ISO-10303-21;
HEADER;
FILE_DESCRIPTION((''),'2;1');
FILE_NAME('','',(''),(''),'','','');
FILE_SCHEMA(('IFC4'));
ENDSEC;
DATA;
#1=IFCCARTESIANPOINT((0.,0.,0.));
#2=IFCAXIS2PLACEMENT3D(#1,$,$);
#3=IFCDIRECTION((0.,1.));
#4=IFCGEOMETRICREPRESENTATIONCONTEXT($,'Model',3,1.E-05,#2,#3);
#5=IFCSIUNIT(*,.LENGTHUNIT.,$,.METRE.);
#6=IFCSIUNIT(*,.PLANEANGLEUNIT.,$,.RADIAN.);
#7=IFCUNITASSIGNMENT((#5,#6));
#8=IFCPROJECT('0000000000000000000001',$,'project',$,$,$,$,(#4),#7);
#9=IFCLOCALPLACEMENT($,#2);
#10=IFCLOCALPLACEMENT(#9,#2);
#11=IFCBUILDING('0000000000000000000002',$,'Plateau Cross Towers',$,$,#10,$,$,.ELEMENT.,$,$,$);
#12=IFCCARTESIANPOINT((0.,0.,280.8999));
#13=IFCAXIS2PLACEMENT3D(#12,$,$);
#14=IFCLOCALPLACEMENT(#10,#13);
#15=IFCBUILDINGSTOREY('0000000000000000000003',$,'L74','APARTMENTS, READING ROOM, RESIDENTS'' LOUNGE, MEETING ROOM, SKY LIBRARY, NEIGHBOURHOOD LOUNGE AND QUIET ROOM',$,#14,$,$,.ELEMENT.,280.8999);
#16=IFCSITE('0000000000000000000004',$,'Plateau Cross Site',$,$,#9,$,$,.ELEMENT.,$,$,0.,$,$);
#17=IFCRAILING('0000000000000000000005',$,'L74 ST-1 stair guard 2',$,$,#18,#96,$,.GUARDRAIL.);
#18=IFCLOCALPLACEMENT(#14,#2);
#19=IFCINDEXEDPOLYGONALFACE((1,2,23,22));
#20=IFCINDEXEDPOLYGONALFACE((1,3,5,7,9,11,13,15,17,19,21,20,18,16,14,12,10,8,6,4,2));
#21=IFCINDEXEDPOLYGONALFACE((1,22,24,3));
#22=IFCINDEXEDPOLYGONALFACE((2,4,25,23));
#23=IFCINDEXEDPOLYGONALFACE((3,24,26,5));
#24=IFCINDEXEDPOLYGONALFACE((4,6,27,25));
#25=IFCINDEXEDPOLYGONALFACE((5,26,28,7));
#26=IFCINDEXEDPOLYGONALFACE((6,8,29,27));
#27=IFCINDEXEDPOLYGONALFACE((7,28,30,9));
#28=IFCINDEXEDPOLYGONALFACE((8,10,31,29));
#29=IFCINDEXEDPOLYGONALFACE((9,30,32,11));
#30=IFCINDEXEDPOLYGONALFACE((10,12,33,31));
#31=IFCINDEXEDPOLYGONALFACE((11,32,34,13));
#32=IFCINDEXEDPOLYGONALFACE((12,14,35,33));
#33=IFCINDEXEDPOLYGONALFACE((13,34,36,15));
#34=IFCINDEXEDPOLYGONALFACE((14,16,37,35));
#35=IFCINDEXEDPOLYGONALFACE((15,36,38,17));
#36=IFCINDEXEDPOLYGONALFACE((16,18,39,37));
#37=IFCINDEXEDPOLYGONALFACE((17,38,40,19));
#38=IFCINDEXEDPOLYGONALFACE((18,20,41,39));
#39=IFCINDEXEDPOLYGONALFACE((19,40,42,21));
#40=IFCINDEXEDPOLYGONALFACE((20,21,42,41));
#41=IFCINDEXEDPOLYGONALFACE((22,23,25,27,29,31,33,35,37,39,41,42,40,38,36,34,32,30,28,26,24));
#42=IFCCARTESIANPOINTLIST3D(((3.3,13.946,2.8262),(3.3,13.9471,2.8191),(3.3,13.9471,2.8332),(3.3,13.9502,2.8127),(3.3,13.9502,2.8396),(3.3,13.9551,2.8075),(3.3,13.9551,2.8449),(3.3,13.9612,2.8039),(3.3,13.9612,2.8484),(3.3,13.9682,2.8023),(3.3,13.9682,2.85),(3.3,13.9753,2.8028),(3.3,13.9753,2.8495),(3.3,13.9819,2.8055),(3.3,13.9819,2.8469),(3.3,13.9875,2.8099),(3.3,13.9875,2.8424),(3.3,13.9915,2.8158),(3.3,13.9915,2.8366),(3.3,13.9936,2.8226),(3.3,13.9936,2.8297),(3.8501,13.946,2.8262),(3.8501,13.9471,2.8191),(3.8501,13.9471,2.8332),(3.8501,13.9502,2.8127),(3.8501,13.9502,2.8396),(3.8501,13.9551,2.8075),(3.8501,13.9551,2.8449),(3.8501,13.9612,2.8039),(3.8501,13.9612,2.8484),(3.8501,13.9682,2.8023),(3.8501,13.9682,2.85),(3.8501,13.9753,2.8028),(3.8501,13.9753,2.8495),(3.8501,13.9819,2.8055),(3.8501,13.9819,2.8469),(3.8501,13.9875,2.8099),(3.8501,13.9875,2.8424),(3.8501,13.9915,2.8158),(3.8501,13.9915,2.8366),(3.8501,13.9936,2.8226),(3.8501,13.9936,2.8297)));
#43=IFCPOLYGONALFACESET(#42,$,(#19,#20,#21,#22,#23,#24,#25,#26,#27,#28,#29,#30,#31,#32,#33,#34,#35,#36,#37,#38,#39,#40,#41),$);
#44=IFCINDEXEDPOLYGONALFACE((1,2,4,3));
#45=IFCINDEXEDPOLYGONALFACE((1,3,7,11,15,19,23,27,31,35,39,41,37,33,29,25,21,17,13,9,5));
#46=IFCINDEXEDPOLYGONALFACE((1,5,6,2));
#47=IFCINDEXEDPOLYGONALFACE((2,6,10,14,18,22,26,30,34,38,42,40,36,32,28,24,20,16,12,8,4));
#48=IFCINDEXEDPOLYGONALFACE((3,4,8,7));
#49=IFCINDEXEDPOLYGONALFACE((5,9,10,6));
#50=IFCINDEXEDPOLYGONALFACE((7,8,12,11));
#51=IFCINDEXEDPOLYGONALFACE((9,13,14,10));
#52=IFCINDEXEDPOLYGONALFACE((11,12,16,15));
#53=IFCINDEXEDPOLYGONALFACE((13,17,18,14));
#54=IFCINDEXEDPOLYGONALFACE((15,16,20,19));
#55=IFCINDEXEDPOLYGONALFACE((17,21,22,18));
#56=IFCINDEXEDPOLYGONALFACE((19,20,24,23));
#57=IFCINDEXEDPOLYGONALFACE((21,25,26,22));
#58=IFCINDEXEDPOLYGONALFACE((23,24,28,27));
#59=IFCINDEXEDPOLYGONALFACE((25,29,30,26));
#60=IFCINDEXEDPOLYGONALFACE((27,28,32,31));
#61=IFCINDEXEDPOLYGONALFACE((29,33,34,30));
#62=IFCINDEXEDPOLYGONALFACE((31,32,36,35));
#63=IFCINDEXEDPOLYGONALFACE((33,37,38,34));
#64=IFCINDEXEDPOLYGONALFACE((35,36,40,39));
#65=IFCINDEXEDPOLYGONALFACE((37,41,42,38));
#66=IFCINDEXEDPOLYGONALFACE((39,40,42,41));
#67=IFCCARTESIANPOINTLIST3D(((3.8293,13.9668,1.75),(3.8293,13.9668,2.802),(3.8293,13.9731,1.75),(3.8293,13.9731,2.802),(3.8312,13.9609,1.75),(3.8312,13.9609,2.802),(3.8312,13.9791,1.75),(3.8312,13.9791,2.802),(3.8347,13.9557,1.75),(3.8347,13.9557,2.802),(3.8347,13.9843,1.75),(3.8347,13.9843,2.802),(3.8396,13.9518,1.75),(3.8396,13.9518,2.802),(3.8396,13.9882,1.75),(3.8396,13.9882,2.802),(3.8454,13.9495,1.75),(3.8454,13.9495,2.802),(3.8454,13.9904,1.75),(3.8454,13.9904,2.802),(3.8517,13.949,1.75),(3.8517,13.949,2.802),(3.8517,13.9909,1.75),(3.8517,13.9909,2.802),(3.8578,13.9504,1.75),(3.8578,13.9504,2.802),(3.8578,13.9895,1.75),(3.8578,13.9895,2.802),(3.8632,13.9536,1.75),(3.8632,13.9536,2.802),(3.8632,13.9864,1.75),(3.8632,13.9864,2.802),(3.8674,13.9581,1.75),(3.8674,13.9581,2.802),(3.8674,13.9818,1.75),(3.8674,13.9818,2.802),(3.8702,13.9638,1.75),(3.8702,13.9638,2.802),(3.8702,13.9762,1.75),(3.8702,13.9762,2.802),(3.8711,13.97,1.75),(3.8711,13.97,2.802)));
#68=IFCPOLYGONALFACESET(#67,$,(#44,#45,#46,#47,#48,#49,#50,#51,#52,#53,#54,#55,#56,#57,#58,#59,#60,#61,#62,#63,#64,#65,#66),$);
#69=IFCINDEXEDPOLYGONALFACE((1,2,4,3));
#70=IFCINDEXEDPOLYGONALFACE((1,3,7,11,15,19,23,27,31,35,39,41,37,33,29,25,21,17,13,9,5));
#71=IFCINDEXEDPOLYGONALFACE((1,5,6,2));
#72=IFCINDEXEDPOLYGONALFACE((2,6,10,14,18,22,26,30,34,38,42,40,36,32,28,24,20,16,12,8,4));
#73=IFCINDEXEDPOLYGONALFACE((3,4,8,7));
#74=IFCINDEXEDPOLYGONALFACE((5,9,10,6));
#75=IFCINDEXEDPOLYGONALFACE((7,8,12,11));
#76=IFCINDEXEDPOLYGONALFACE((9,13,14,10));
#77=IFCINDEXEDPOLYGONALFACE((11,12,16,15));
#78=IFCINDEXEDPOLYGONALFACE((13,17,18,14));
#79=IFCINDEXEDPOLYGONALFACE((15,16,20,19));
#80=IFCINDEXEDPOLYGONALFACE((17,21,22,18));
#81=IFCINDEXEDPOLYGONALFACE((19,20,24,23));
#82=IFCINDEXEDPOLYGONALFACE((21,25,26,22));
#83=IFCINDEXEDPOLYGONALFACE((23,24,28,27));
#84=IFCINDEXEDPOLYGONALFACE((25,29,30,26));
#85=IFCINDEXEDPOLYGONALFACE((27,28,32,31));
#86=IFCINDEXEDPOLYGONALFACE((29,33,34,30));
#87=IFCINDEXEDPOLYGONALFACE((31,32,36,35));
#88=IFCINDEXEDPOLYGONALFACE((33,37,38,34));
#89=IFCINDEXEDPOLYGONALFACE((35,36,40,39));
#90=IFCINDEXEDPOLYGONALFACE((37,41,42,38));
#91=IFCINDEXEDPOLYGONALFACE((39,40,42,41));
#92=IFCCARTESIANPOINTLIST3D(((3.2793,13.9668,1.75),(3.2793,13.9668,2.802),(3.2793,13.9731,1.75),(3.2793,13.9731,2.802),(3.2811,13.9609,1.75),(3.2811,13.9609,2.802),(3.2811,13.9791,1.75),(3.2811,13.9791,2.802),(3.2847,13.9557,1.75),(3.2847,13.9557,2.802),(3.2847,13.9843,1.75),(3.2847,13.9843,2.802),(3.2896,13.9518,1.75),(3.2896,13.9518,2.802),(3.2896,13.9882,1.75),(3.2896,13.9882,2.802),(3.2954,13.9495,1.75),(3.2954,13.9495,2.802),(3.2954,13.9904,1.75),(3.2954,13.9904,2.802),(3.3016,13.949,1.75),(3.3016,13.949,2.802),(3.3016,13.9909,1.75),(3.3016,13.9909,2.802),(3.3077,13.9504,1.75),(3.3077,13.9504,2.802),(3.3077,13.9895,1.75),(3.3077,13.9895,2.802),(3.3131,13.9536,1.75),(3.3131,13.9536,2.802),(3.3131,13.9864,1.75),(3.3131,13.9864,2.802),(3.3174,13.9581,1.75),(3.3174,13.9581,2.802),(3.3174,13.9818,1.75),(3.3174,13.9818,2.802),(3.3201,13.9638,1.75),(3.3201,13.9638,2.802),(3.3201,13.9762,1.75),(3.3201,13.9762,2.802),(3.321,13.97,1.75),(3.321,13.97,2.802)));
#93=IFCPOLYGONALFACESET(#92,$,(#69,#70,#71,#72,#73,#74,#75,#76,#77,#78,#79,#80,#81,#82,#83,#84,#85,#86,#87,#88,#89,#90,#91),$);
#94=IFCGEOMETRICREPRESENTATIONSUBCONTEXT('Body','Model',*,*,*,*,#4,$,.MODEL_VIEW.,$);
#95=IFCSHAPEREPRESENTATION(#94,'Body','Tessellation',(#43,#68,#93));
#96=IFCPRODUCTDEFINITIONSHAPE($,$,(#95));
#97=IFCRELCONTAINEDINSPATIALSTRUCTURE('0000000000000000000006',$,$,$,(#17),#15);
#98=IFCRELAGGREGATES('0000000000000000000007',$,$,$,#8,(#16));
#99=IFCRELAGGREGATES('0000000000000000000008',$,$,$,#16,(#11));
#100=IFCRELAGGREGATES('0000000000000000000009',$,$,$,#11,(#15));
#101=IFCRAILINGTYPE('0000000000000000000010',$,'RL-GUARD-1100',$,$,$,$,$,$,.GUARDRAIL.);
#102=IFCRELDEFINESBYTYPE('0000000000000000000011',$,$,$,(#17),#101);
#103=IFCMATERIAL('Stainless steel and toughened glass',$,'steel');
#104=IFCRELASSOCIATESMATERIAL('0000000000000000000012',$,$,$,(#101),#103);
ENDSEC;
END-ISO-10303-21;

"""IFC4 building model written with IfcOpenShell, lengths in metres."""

from ifc_helpers import new_model, si_unit, direction, frame, origin, origin_2d, place, context, subcontext, project, spatial, circle, extrude, material, type_object, element, save


model = new_model("IFC4")

# Units and contexts
model_context = context("Model", 3, precision=1e-05, world=origin(), true_north=direction((0.0, 1.0)))
body_context = subcontext(model_context, "Body", "Model", "MODEL_VIEW")
ifc_project = project(units=[si_unit("LENGTHUNIT", "METRE"), si_unit("PLANEANGLEUNIT", "RADIAN")], contexts=[model_context])

# Site, building, storey
site_placement = place(None, origin())
site = spatial("IfcSite", under=ifc_project, at=site_placement, Name="Plateau Cross Site", CompositionType="ELEMENT", RefElevation=0.0)
building_placement = place(site_placement, origin())
building = spatial("IfcBuilding", under=site, at=building_placement, Name="Plateau Cross Towers", CompositionType="ELEMENT")
storey_placement = place(building_placement, frame((0.0, 0.0, 280.8999)))
storey = spatial("IfcBuildingStorey", under=building, at=storey_placement, Name="L74", Description="APARTMENTS, READING ROOM, RESIDENTS' LOUNGE, MEETING ROOM, SKY LIBRARY, NEIGHBOURHOOD LOUNGE AND QUIET ROOM", CompositionType="ELEMENT", Elevation=280.8999)

# Railing
ifc_material_1 = material(Name="Stainless steel and toughened glass", Category="steel")
railing_type_1 = type_object("IfcRailingType", Name="RL-GUARD-1100", PredefinedType="GUARDRAIL", material=ifc_material_1)
railing_1_placement = place(storey_placement, frame((3.8501, 13.97, 1.75)))
element("IfcRailing", 1, at=railing_1_placement, inside=storey, type_object=railing_type_1, Name="L74 ST-1 stair guard 2", PredefinedType="GUARDRAIL", context=body_context, shape_type="SweptSolid", body=[
    extrude(circle(Radius=0.0239, at=origin_2d()), frame((0.0, 0.0, 1.0762), z_axis=(-1.0, 0.0, 0.0), x_axis=(0.0, -1.0, 0.0)), (0.0, 0.0, 1.0), 0.55),
    extrude(circle(Radius=0.021, at=origin_2d()), origin(), (0.0, 0.0, 1.0), 1.052),
    extrude(circle(Radius=0.021, at=origin_2d()), frame((-0.55, 0.0, 0.0)), (0.0, 0.0, 1.0), 1.052),
])

save(model, "model.ifc")
